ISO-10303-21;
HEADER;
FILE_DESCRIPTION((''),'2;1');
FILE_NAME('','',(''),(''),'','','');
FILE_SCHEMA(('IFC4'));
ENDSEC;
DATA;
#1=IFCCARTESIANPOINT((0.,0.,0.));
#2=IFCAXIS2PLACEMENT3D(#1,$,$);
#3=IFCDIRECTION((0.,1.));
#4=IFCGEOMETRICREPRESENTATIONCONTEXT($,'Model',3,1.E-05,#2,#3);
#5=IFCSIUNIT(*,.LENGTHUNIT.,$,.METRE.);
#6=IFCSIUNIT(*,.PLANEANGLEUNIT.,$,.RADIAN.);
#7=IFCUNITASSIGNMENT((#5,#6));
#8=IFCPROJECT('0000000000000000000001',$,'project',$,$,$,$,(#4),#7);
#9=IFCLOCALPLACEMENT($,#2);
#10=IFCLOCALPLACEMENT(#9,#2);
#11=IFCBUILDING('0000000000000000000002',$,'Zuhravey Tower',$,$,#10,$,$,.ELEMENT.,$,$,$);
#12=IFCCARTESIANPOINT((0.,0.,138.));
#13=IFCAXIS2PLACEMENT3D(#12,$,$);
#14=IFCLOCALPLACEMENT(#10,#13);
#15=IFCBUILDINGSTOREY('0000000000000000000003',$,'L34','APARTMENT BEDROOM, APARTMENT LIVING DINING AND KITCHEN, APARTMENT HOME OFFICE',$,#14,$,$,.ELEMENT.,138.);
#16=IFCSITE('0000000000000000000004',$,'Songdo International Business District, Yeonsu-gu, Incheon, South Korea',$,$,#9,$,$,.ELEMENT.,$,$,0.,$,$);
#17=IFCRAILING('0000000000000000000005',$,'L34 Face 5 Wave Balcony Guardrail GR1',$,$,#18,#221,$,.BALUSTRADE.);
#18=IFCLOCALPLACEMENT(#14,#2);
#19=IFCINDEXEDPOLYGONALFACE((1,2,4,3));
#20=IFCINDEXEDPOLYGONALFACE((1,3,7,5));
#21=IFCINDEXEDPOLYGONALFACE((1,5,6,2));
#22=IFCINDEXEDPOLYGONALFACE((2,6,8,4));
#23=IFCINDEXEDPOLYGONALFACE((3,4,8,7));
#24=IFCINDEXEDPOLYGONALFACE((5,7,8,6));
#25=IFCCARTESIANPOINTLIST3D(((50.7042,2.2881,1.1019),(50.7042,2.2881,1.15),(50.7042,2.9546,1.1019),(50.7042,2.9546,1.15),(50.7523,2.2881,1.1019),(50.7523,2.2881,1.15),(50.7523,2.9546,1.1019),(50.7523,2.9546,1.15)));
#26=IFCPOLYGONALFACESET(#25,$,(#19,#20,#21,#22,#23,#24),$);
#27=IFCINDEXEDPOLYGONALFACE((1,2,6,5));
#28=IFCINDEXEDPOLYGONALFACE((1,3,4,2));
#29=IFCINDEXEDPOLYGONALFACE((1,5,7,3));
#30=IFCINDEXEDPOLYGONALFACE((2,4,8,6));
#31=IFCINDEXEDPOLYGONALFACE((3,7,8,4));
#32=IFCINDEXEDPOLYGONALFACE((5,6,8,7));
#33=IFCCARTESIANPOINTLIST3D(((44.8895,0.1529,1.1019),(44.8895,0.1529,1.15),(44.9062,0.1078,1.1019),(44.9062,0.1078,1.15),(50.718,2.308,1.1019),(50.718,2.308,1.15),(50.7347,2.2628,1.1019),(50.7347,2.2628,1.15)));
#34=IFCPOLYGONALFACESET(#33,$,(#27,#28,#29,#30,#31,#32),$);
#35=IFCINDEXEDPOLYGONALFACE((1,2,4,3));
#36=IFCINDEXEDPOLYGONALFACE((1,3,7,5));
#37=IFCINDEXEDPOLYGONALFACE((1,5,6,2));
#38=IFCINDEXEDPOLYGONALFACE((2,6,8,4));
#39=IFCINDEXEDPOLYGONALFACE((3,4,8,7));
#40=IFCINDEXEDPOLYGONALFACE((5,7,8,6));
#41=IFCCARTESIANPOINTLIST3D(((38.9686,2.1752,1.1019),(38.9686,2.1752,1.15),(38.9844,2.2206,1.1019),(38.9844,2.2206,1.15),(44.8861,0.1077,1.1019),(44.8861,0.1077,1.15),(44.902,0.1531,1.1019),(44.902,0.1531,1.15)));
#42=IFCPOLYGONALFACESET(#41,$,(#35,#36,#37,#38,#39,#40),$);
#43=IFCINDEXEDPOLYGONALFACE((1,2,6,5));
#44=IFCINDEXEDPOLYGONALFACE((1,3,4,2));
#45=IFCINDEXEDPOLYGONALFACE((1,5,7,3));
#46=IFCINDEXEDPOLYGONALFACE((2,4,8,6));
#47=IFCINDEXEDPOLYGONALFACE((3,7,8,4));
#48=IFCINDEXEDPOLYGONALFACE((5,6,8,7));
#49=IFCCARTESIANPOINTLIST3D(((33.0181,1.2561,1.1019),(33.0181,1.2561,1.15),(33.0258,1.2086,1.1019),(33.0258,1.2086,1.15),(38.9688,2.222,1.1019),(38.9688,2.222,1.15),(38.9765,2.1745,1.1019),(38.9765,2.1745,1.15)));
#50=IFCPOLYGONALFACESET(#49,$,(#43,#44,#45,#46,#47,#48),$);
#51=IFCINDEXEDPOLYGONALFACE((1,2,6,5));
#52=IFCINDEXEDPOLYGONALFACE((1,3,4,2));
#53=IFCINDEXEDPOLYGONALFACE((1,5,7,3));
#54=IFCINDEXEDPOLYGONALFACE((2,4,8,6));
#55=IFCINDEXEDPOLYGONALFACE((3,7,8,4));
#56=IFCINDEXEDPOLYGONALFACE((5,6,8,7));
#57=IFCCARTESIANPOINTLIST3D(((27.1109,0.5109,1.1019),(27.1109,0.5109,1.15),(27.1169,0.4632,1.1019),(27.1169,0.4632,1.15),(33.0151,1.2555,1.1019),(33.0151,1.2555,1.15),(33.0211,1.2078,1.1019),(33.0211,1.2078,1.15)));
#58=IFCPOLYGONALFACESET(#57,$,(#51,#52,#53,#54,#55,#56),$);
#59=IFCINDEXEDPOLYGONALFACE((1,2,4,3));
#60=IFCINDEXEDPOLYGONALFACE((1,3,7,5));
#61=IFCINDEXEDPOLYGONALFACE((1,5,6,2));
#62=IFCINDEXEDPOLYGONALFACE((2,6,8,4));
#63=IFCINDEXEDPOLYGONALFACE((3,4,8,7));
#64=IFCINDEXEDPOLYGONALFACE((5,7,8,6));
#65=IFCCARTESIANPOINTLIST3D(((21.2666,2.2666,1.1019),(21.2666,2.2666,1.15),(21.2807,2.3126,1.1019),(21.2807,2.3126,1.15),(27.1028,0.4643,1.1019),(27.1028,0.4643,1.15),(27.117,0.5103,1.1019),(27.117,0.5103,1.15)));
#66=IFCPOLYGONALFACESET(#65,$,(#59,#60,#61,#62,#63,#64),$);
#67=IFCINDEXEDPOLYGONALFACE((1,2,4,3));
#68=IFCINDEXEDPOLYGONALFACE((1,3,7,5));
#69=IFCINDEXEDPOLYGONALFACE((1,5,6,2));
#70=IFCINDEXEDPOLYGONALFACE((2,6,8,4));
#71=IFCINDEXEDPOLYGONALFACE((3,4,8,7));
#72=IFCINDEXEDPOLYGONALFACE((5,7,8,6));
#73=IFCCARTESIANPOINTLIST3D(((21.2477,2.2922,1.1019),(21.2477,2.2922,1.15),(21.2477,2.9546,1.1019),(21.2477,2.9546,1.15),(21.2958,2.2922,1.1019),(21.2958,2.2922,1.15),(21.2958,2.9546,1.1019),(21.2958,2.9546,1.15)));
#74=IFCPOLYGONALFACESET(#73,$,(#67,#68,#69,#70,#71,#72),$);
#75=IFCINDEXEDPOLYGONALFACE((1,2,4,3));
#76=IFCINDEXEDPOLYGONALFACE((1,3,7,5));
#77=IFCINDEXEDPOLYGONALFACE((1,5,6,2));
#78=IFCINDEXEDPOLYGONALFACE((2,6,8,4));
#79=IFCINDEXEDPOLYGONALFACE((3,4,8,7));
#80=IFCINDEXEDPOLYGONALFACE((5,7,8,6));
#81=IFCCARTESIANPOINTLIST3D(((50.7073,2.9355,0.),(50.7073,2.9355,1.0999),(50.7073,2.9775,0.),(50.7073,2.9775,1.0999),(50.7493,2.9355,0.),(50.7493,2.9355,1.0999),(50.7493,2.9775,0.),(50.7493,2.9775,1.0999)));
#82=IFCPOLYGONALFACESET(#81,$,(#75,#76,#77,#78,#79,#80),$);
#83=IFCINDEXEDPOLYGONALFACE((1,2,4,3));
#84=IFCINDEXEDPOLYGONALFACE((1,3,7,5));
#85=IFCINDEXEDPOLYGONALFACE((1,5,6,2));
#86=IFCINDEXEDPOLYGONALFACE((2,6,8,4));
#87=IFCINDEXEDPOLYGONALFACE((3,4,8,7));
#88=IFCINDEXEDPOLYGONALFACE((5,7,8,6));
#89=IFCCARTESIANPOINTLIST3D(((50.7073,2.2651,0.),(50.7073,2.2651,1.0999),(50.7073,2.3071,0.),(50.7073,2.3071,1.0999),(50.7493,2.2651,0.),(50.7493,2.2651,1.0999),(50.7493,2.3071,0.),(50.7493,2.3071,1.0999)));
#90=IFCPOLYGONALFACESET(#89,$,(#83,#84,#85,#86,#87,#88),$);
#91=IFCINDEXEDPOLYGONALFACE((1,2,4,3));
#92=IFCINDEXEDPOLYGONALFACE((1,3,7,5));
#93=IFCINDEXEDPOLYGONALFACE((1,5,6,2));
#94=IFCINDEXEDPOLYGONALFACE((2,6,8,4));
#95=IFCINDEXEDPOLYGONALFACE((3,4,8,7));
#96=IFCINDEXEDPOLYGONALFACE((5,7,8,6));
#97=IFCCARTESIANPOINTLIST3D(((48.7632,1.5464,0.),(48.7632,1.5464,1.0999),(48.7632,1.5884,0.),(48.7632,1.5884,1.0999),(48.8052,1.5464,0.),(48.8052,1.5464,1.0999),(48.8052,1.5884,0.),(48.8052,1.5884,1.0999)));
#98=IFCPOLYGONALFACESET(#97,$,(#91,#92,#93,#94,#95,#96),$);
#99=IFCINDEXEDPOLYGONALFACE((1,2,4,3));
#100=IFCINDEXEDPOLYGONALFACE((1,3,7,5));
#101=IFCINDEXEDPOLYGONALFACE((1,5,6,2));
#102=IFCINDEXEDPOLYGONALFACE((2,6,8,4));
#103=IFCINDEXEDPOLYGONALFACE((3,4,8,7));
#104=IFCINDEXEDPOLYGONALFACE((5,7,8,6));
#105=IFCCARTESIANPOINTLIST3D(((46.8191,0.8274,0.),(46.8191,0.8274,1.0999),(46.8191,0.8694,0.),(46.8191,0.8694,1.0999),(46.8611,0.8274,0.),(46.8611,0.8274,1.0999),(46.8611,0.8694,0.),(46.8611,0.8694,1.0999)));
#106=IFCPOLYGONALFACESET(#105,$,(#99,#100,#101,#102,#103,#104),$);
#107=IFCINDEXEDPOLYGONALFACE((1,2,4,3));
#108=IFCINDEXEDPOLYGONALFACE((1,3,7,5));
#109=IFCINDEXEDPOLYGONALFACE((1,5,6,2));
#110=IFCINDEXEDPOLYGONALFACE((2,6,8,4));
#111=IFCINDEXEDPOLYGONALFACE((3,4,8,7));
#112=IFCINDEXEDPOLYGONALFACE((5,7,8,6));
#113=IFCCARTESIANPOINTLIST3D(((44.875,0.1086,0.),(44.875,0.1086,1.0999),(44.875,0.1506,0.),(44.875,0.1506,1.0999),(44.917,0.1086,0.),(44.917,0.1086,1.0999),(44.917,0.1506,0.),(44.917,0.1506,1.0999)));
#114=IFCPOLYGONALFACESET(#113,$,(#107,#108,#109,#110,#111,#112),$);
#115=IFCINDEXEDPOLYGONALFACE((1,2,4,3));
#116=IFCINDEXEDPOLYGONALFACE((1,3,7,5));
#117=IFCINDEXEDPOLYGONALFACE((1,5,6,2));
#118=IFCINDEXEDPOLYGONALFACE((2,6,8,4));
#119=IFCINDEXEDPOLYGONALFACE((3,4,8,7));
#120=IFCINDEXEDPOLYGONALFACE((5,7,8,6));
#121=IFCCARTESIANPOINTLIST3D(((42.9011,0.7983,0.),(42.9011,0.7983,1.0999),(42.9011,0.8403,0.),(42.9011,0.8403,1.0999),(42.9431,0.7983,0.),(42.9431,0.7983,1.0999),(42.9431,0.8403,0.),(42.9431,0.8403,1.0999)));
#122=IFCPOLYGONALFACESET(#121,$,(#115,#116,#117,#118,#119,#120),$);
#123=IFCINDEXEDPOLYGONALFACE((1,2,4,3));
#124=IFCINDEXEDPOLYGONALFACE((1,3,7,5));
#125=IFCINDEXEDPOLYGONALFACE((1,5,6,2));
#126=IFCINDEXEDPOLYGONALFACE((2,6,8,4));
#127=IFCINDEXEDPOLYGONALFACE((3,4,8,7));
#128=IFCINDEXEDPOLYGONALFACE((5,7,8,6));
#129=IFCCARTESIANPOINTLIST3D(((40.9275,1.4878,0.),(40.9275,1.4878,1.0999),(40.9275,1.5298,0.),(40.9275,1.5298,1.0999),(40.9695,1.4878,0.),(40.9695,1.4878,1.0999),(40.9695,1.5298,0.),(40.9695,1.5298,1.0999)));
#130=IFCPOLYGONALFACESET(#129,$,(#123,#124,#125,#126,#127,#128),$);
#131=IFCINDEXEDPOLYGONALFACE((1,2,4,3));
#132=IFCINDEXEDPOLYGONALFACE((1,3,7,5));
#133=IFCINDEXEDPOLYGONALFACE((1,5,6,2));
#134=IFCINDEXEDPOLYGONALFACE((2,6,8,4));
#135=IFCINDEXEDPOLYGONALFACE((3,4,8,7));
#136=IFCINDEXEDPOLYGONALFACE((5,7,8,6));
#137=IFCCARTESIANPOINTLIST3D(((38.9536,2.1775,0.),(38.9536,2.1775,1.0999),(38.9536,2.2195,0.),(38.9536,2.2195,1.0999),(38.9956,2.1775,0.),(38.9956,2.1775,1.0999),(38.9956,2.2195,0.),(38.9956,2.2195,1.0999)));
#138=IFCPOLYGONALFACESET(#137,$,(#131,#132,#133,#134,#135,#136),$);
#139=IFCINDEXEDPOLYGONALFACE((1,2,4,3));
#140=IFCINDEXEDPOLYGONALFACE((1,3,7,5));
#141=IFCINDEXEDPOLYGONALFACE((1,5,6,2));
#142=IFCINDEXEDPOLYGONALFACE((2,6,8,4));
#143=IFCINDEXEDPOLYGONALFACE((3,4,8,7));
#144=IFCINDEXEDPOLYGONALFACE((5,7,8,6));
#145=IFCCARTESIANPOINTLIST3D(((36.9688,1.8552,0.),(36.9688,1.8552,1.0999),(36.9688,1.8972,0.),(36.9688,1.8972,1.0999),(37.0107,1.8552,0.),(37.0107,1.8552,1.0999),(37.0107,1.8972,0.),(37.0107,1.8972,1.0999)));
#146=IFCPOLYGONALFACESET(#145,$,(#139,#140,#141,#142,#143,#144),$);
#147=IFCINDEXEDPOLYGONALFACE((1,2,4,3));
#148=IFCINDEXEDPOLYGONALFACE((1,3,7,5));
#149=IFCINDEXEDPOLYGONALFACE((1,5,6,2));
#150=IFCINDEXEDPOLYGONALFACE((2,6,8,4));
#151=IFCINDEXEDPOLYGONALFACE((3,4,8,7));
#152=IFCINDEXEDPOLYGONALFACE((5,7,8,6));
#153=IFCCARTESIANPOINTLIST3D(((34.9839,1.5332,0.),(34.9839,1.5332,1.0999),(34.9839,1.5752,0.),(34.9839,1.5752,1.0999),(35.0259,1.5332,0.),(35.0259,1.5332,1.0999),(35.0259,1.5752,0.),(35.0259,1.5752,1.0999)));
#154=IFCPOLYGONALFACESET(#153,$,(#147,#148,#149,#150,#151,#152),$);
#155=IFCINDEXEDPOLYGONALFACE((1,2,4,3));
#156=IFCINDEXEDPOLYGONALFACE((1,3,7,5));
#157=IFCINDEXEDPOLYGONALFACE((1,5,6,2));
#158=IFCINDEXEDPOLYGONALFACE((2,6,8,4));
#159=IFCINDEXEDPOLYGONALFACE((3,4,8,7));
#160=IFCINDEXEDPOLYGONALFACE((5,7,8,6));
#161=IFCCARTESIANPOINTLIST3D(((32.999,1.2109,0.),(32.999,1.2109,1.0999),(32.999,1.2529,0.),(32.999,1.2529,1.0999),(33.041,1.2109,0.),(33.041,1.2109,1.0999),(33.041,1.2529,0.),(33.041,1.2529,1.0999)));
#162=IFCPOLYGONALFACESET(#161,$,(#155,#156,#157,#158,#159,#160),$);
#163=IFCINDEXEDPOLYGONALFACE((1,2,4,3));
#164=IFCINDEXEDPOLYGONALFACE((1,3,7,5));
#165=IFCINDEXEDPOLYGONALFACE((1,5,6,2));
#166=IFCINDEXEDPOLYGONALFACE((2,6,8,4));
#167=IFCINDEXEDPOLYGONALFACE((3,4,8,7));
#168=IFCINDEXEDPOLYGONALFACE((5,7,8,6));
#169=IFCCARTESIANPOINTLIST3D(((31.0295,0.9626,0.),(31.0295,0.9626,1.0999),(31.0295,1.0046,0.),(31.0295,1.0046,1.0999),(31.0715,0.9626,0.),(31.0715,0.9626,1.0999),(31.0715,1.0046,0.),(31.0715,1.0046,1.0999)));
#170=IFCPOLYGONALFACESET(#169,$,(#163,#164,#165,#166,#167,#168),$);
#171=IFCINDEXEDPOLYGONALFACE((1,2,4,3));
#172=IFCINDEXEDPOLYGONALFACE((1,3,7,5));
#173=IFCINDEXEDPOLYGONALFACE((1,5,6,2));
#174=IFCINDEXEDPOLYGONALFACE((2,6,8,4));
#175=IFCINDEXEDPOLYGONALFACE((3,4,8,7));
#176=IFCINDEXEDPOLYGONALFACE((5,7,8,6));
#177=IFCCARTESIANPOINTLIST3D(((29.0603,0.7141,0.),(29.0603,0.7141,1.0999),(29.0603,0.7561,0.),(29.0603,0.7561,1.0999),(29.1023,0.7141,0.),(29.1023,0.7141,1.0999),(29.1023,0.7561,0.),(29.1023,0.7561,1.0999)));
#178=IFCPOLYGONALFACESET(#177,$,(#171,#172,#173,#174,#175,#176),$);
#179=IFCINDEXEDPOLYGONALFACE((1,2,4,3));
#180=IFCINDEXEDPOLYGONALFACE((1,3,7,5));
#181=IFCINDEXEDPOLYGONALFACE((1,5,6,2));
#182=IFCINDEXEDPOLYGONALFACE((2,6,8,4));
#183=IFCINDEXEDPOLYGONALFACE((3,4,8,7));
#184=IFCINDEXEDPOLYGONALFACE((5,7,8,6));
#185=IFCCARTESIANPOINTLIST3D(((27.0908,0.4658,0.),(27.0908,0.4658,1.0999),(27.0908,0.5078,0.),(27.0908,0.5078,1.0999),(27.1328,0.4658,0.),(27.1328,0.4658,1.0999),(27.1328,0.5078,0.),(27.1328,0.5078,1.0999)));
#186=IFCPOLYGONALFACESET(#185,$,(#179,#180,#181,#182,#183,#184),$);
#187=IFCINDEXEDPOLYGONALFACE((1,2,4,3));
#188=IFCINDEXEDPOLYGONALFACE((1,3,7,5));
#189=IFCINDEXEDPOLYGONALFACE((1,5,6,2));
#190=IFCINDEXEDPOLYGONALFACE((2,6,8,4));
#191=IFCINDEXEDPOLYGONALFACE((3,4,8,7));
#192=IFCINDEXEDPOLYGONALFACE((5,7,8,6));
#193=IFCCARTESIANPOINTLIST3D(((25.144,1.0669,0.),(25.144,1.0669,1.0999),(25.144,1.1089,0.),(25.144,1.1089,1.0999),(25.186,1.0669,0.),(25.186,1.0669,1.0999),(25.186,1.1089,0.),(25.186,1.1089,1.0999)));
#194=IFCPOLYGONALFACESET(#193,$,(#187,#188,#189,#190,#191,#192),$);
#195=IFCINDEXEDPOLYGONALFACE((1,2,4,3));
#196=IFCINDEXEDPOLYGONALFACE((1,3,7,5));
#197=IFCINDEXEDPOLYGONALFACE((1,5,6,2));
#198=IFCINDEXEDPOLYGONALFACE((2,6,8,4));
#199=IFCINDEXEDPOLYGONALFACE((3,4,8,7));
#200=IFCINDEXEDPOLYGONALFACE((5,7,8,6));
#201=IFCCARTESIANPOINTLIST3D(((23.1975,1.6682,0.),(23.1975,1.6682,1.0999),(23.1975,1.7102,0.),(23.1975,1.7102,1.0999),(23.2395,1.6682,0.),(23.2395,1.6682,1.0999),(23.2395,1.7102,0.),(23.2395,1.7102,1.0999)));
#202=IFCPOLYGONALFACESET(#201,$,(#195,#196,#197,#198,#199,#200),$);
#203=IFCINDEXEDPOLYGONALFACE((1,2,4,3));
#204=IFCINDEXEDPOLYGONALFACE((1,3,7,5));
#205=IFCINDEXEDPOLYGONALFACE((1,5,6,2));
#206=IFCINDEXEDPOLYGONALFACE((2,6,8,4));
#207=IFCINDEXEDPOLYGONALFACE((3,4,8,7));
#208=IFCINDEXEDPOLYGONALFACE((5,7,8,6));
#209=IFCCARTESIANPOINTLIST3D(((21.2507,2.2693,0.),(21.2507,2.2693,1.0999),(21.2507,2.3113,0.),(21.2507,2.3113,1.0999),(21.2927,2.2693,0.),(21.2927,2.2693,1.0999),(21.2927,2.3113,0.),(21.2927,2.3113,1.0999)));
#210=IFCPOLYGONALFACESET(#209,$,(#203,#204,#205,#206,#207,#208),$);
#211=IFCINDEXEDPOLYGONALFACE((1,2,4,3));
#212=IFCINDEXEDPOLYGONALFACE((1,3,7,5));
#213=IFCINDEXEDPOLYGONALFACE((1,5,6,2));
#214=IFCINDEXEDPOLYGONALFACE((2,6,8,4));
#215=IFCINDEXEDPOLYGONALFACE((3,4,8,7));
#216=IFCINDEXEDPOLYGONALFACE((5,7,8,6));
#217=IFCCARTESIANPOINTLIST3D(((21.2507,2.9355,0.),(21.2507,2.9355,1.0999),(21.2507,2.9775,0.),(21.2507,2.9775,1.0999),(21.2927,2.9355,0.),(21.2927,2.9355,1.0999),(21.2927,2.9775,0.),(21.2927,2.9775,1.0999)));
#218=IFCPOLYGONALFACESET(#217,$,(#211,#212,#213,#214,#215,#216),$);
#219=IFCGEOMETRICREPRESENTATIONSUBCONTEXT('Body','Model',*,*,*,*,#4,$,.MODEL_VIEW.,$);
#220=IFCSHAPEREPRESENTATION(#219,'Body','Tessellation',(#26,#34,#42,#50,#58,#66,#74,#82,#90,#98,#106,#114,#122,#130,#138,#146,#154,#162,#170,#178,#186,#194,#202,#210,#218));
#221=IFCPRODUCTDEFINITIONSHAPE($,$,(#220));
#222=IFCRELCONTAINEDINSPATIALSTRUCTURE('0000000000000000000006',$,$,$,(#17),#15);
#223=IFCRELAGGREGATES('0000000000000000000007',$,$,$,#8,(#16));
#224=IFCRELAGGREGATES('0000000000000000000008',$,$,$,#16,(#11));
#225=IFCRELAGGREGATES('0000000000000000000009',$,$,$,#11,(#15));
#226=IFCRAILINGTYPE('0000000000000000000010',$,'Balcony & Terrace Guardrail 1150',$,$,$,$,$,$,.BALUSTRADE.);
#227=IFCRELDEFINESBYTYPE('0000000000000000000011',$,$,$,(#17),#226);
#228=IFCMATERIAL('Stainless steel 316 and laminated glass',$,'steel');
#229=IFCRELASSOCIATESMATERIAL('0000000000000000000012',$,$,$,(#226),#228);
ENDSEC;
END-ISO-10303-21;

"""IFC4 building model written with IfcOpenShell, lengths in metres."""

from ifc_helpers import new_model, si_unit, direction, frame, origin, origin_2d, place, context, subcontext, project, spatial, rectangle, extrude, material, type_object, element, save


model = new_model("IFC4")

# Units and contexts
model_context = context("Model", 3, precision=1e-05, world=origin(), true_north=direction((0.0, 1.0)))
body_context = subcontext(model_context, "Body", "Model", "MODEL_VIEW")
ifc_project = project(units=[si_unit("LENGTHUNIT", "METRE"), si_unit("PLANEANGLEUNIT", "RADIAN")], contexts=[model_context])

# Site, building, storey
site_placement = place(None, origin())
site = spatial("IfcSite", under=ifc_project, at=site_placement, Name="Songdo International Business District, Yeonsu-gu, Incheon, South Korea", CompositionType="ELEMENT", RefElevation=0.0)
building_placement = place(site_placement, origin())
building = spatial("IfcBuilding", under=site, at=building_placement, Name="Zuhravey Tower", CompositionType="ELEMENT")
storey_placement = place(building_placement, frame((0.0, 0.0, 138.0)))
storey = spatial("IfcBuildingStorey", under=building, at=storey_placement, Name="L34", Description="APARTMENT BEDROOM, APARTMENT LIVING DINING AND KITCHEN, APARTMENT HOME OFFICE", CompositionType="ELEMENT", Elevation=138.0)

# Railing
ifc_material_1 = material(Name="Stainless steel 316 and laminated glass", Category="steel")
railing_type = type_object("IfcRailingType", Name="Balcony & Terrace Guardrail 1150", PredefinedType="BALUSTRADE", material=ifc_material_1)
railing_placement = place(storey_placement, frame((50.7283, 2.9565, 0.0)))
element("IfcRailing", 1, at=railing_placement, inside=storey, type_object=railing_type, Name="L34 Face 5 Wave Balcony Guardrail GR1", PredefinedType="BALUSTRADE", context=body_context, shape_type="SweptSolid", body=[
    extrude(rectangle(XDim=0.0481, YDim=0.0481, at=origin_2d()), frame((0.0, -0.002, 1.126), z_axis=(0.0, -1.0, 0.0), x_axis=(1.0, 0.0, 0.0)), (0.0, 0.0, 1.0), 0.6665),
    extrude(rectangle(XDim=0.0481, YDim=0.0481, at=origin_2d()), frame((-0.002, -0.6711, 1.126), z_axis=(-0.937938, -0.346804, 0.0), x_axis=(0.346804, -0.937938, 0.0)), (0.0, 0.0, 1.0), 6.2141),
    extrude(rectangle(XDim=0.0481, YDim=0.0481, at=origin_2d()), frame((-5.8342, -2.8262, 1.126), z_axis=(-0.944039, 0.329834, 0.0), x_axis=(-0.329834, -0.944039, 0.0)), (0.0, 0.0, 1.0), 6.2683),
    extrude(rectangle(XDim=0.0481, YDim=0.0481, at=origin_2d()), frame((-11.7556, -0.7583, 1.126), z_axis=(-0.987081, -0.160224, 0.0), x_axis=(0.160224, -0.987081, 0.0)), (0.0, 0.0, 1.0), 6.0286),
    extrude(rectangle(XDim=0.0481, YDim=0.0481, at=origin_2d()), frame((-17.7102, -1.7249, 1.126), z_axis=(-0.992141, -0.125125, 0.0), x_axis=(0.125125, -0.992141, 0.0)), (0.0, 0.0, 1.0), 5.9509),
    extrude(rectangle(XDim=0.0481, YDim=0.0481, at=origin_2d()), frame((-23.6184, -2.4692, 1.126), z_axis=(-0.955479, 0.29506, 0.0), x_axis=(-0.29506, -0.955479, 0.0)), (0.0, 0.0, 1.0), 6.1082),
    extrude(rectangle(XDim=0.0481, YDim=0.0481, at=origin_2d()), frame((-29.4565, -0.6643, 1.126), z_axis=(0.0, 1.0, 0.0), x_axis=(-1.0, 0.0, 0.0)), (0.0, 0.0, 1.0), 0.6624),
    extrude(rectangle(XDim=0.042, YDim=0.042, at=origin_2d()), origin(), (0.0, 0.0, 1.0), 1.0999),
    extrude(rectangle(XDim=0.042, YDim=0.042, at=origin_2d()), frame((0.0, -0.6704, 0.0)), (0.0, 0.0, 1.0), 1.0999),
    extrude(rectangle(XDim=0.042, YDim=0.042, at=origin_2d()), frame((-1.9441, -1.3892, 0.0)), (0.0, 0.0, 1.0), 1.0999),
    extrude(rectangle(XDim=0.042, YDim=0.042, at=origin_2d()), frame((-3.8882, -2.1082, 0.0)), (0.0, 0.0, 1.0), 1.0999),
    extrude(rectangle(XDim=0.042, YDim=0.042, at=origin_2d()), frame((-5.8323, -2.8269, 0.0)), (0.0, 0.0, 1.0), 1.0999),
    extrude(rectangle(XDim=0.042, YDim=0.042, at=origin_2d()), frame((-7.8062, -2.1372, 0.0)), (0.0, 0.0, 1.0), 1.0999),
    extrude(rectangle(XDim=0.042, YDim=0.042, at=origin_2d()), frame((-9.7798, -1.4478, 0.0)), (0.0, 0.0, 1.0), 1.0999),
    extrude(rectangle(XDim=0.042, YDim=0.042, at=origin_2d()), frame((-11.7537, -0.7581, 0.0)), (0.0, 0.0, 1.0), 1.0999),
    extrude(rectangle(XDim=0.042, YDim=0.042, at=origin_2d()), frame((-13.7385, -1.0803, 0.0)), (0.0, 0.0, 1.0), 1.0999),
    extrude(rectangle(XDim=0.042, YDim=0.042, at=origin_2d()), frame((-15.7234, -1.4023, 0.0)), (0.0, 0.0, 1.0), 1.0999),
    extrude(rectangle(XDim=0.042, YDim=0.042, at=origin_2d()), frame((-17.7083, -1.7246, 0.0)), (0.0, 0.0, 1.0), 1.0999),
    extrude(rectangle(XDim=0.042, YDim=0.042, at=origin_2d()), frame((-19.6777, -1.9729, 0.0)), (0.0, 0.0, 1.0), 1.0999),
    extrude(rectangle(XDim=0.042, YDim=0.042, at=origin_2d()), frame((-21.647, -2.2214, 0.0)), (0.0, 0.0, 1.0), 1.0999),
    extrude(rectangle(XDim=0.042, YDim=0.042, at=origin_2d()), frame((-23.6165, -2.4697, 0.0)), (0.0, 0.0, 1.0), 1.0999),
    extrude(rectangle(XDim=0.042, YDim=0.042, at=origin_2d()), frame((-25.5632, -1.8687, 0.0)), (0.0, 0.0, 1.0), 1.0999),
    extrude(rectangle(XDim=0.042, YDim=0.042, at=origin_2d()), frame((-27.5098, -1.2673, 0.0)), (0.0, 0.0, 1.0), 1.0999),
    extrude(rectangle(XDim=0.042, YDim=0.042, at=origin_2d()), frame((-29.4565, -0.6663, 0.0)), (0.0, 0.0, 1.0), 1.0999),
    extrude(rectangle(XDim=0.042, YDim=0.042, at=origin_2d()), frame((-29.4565, 0.0, 0.0)), (0.0, 0.0, 1.0), 1.0999),
])

save(model, "model.ifc")
